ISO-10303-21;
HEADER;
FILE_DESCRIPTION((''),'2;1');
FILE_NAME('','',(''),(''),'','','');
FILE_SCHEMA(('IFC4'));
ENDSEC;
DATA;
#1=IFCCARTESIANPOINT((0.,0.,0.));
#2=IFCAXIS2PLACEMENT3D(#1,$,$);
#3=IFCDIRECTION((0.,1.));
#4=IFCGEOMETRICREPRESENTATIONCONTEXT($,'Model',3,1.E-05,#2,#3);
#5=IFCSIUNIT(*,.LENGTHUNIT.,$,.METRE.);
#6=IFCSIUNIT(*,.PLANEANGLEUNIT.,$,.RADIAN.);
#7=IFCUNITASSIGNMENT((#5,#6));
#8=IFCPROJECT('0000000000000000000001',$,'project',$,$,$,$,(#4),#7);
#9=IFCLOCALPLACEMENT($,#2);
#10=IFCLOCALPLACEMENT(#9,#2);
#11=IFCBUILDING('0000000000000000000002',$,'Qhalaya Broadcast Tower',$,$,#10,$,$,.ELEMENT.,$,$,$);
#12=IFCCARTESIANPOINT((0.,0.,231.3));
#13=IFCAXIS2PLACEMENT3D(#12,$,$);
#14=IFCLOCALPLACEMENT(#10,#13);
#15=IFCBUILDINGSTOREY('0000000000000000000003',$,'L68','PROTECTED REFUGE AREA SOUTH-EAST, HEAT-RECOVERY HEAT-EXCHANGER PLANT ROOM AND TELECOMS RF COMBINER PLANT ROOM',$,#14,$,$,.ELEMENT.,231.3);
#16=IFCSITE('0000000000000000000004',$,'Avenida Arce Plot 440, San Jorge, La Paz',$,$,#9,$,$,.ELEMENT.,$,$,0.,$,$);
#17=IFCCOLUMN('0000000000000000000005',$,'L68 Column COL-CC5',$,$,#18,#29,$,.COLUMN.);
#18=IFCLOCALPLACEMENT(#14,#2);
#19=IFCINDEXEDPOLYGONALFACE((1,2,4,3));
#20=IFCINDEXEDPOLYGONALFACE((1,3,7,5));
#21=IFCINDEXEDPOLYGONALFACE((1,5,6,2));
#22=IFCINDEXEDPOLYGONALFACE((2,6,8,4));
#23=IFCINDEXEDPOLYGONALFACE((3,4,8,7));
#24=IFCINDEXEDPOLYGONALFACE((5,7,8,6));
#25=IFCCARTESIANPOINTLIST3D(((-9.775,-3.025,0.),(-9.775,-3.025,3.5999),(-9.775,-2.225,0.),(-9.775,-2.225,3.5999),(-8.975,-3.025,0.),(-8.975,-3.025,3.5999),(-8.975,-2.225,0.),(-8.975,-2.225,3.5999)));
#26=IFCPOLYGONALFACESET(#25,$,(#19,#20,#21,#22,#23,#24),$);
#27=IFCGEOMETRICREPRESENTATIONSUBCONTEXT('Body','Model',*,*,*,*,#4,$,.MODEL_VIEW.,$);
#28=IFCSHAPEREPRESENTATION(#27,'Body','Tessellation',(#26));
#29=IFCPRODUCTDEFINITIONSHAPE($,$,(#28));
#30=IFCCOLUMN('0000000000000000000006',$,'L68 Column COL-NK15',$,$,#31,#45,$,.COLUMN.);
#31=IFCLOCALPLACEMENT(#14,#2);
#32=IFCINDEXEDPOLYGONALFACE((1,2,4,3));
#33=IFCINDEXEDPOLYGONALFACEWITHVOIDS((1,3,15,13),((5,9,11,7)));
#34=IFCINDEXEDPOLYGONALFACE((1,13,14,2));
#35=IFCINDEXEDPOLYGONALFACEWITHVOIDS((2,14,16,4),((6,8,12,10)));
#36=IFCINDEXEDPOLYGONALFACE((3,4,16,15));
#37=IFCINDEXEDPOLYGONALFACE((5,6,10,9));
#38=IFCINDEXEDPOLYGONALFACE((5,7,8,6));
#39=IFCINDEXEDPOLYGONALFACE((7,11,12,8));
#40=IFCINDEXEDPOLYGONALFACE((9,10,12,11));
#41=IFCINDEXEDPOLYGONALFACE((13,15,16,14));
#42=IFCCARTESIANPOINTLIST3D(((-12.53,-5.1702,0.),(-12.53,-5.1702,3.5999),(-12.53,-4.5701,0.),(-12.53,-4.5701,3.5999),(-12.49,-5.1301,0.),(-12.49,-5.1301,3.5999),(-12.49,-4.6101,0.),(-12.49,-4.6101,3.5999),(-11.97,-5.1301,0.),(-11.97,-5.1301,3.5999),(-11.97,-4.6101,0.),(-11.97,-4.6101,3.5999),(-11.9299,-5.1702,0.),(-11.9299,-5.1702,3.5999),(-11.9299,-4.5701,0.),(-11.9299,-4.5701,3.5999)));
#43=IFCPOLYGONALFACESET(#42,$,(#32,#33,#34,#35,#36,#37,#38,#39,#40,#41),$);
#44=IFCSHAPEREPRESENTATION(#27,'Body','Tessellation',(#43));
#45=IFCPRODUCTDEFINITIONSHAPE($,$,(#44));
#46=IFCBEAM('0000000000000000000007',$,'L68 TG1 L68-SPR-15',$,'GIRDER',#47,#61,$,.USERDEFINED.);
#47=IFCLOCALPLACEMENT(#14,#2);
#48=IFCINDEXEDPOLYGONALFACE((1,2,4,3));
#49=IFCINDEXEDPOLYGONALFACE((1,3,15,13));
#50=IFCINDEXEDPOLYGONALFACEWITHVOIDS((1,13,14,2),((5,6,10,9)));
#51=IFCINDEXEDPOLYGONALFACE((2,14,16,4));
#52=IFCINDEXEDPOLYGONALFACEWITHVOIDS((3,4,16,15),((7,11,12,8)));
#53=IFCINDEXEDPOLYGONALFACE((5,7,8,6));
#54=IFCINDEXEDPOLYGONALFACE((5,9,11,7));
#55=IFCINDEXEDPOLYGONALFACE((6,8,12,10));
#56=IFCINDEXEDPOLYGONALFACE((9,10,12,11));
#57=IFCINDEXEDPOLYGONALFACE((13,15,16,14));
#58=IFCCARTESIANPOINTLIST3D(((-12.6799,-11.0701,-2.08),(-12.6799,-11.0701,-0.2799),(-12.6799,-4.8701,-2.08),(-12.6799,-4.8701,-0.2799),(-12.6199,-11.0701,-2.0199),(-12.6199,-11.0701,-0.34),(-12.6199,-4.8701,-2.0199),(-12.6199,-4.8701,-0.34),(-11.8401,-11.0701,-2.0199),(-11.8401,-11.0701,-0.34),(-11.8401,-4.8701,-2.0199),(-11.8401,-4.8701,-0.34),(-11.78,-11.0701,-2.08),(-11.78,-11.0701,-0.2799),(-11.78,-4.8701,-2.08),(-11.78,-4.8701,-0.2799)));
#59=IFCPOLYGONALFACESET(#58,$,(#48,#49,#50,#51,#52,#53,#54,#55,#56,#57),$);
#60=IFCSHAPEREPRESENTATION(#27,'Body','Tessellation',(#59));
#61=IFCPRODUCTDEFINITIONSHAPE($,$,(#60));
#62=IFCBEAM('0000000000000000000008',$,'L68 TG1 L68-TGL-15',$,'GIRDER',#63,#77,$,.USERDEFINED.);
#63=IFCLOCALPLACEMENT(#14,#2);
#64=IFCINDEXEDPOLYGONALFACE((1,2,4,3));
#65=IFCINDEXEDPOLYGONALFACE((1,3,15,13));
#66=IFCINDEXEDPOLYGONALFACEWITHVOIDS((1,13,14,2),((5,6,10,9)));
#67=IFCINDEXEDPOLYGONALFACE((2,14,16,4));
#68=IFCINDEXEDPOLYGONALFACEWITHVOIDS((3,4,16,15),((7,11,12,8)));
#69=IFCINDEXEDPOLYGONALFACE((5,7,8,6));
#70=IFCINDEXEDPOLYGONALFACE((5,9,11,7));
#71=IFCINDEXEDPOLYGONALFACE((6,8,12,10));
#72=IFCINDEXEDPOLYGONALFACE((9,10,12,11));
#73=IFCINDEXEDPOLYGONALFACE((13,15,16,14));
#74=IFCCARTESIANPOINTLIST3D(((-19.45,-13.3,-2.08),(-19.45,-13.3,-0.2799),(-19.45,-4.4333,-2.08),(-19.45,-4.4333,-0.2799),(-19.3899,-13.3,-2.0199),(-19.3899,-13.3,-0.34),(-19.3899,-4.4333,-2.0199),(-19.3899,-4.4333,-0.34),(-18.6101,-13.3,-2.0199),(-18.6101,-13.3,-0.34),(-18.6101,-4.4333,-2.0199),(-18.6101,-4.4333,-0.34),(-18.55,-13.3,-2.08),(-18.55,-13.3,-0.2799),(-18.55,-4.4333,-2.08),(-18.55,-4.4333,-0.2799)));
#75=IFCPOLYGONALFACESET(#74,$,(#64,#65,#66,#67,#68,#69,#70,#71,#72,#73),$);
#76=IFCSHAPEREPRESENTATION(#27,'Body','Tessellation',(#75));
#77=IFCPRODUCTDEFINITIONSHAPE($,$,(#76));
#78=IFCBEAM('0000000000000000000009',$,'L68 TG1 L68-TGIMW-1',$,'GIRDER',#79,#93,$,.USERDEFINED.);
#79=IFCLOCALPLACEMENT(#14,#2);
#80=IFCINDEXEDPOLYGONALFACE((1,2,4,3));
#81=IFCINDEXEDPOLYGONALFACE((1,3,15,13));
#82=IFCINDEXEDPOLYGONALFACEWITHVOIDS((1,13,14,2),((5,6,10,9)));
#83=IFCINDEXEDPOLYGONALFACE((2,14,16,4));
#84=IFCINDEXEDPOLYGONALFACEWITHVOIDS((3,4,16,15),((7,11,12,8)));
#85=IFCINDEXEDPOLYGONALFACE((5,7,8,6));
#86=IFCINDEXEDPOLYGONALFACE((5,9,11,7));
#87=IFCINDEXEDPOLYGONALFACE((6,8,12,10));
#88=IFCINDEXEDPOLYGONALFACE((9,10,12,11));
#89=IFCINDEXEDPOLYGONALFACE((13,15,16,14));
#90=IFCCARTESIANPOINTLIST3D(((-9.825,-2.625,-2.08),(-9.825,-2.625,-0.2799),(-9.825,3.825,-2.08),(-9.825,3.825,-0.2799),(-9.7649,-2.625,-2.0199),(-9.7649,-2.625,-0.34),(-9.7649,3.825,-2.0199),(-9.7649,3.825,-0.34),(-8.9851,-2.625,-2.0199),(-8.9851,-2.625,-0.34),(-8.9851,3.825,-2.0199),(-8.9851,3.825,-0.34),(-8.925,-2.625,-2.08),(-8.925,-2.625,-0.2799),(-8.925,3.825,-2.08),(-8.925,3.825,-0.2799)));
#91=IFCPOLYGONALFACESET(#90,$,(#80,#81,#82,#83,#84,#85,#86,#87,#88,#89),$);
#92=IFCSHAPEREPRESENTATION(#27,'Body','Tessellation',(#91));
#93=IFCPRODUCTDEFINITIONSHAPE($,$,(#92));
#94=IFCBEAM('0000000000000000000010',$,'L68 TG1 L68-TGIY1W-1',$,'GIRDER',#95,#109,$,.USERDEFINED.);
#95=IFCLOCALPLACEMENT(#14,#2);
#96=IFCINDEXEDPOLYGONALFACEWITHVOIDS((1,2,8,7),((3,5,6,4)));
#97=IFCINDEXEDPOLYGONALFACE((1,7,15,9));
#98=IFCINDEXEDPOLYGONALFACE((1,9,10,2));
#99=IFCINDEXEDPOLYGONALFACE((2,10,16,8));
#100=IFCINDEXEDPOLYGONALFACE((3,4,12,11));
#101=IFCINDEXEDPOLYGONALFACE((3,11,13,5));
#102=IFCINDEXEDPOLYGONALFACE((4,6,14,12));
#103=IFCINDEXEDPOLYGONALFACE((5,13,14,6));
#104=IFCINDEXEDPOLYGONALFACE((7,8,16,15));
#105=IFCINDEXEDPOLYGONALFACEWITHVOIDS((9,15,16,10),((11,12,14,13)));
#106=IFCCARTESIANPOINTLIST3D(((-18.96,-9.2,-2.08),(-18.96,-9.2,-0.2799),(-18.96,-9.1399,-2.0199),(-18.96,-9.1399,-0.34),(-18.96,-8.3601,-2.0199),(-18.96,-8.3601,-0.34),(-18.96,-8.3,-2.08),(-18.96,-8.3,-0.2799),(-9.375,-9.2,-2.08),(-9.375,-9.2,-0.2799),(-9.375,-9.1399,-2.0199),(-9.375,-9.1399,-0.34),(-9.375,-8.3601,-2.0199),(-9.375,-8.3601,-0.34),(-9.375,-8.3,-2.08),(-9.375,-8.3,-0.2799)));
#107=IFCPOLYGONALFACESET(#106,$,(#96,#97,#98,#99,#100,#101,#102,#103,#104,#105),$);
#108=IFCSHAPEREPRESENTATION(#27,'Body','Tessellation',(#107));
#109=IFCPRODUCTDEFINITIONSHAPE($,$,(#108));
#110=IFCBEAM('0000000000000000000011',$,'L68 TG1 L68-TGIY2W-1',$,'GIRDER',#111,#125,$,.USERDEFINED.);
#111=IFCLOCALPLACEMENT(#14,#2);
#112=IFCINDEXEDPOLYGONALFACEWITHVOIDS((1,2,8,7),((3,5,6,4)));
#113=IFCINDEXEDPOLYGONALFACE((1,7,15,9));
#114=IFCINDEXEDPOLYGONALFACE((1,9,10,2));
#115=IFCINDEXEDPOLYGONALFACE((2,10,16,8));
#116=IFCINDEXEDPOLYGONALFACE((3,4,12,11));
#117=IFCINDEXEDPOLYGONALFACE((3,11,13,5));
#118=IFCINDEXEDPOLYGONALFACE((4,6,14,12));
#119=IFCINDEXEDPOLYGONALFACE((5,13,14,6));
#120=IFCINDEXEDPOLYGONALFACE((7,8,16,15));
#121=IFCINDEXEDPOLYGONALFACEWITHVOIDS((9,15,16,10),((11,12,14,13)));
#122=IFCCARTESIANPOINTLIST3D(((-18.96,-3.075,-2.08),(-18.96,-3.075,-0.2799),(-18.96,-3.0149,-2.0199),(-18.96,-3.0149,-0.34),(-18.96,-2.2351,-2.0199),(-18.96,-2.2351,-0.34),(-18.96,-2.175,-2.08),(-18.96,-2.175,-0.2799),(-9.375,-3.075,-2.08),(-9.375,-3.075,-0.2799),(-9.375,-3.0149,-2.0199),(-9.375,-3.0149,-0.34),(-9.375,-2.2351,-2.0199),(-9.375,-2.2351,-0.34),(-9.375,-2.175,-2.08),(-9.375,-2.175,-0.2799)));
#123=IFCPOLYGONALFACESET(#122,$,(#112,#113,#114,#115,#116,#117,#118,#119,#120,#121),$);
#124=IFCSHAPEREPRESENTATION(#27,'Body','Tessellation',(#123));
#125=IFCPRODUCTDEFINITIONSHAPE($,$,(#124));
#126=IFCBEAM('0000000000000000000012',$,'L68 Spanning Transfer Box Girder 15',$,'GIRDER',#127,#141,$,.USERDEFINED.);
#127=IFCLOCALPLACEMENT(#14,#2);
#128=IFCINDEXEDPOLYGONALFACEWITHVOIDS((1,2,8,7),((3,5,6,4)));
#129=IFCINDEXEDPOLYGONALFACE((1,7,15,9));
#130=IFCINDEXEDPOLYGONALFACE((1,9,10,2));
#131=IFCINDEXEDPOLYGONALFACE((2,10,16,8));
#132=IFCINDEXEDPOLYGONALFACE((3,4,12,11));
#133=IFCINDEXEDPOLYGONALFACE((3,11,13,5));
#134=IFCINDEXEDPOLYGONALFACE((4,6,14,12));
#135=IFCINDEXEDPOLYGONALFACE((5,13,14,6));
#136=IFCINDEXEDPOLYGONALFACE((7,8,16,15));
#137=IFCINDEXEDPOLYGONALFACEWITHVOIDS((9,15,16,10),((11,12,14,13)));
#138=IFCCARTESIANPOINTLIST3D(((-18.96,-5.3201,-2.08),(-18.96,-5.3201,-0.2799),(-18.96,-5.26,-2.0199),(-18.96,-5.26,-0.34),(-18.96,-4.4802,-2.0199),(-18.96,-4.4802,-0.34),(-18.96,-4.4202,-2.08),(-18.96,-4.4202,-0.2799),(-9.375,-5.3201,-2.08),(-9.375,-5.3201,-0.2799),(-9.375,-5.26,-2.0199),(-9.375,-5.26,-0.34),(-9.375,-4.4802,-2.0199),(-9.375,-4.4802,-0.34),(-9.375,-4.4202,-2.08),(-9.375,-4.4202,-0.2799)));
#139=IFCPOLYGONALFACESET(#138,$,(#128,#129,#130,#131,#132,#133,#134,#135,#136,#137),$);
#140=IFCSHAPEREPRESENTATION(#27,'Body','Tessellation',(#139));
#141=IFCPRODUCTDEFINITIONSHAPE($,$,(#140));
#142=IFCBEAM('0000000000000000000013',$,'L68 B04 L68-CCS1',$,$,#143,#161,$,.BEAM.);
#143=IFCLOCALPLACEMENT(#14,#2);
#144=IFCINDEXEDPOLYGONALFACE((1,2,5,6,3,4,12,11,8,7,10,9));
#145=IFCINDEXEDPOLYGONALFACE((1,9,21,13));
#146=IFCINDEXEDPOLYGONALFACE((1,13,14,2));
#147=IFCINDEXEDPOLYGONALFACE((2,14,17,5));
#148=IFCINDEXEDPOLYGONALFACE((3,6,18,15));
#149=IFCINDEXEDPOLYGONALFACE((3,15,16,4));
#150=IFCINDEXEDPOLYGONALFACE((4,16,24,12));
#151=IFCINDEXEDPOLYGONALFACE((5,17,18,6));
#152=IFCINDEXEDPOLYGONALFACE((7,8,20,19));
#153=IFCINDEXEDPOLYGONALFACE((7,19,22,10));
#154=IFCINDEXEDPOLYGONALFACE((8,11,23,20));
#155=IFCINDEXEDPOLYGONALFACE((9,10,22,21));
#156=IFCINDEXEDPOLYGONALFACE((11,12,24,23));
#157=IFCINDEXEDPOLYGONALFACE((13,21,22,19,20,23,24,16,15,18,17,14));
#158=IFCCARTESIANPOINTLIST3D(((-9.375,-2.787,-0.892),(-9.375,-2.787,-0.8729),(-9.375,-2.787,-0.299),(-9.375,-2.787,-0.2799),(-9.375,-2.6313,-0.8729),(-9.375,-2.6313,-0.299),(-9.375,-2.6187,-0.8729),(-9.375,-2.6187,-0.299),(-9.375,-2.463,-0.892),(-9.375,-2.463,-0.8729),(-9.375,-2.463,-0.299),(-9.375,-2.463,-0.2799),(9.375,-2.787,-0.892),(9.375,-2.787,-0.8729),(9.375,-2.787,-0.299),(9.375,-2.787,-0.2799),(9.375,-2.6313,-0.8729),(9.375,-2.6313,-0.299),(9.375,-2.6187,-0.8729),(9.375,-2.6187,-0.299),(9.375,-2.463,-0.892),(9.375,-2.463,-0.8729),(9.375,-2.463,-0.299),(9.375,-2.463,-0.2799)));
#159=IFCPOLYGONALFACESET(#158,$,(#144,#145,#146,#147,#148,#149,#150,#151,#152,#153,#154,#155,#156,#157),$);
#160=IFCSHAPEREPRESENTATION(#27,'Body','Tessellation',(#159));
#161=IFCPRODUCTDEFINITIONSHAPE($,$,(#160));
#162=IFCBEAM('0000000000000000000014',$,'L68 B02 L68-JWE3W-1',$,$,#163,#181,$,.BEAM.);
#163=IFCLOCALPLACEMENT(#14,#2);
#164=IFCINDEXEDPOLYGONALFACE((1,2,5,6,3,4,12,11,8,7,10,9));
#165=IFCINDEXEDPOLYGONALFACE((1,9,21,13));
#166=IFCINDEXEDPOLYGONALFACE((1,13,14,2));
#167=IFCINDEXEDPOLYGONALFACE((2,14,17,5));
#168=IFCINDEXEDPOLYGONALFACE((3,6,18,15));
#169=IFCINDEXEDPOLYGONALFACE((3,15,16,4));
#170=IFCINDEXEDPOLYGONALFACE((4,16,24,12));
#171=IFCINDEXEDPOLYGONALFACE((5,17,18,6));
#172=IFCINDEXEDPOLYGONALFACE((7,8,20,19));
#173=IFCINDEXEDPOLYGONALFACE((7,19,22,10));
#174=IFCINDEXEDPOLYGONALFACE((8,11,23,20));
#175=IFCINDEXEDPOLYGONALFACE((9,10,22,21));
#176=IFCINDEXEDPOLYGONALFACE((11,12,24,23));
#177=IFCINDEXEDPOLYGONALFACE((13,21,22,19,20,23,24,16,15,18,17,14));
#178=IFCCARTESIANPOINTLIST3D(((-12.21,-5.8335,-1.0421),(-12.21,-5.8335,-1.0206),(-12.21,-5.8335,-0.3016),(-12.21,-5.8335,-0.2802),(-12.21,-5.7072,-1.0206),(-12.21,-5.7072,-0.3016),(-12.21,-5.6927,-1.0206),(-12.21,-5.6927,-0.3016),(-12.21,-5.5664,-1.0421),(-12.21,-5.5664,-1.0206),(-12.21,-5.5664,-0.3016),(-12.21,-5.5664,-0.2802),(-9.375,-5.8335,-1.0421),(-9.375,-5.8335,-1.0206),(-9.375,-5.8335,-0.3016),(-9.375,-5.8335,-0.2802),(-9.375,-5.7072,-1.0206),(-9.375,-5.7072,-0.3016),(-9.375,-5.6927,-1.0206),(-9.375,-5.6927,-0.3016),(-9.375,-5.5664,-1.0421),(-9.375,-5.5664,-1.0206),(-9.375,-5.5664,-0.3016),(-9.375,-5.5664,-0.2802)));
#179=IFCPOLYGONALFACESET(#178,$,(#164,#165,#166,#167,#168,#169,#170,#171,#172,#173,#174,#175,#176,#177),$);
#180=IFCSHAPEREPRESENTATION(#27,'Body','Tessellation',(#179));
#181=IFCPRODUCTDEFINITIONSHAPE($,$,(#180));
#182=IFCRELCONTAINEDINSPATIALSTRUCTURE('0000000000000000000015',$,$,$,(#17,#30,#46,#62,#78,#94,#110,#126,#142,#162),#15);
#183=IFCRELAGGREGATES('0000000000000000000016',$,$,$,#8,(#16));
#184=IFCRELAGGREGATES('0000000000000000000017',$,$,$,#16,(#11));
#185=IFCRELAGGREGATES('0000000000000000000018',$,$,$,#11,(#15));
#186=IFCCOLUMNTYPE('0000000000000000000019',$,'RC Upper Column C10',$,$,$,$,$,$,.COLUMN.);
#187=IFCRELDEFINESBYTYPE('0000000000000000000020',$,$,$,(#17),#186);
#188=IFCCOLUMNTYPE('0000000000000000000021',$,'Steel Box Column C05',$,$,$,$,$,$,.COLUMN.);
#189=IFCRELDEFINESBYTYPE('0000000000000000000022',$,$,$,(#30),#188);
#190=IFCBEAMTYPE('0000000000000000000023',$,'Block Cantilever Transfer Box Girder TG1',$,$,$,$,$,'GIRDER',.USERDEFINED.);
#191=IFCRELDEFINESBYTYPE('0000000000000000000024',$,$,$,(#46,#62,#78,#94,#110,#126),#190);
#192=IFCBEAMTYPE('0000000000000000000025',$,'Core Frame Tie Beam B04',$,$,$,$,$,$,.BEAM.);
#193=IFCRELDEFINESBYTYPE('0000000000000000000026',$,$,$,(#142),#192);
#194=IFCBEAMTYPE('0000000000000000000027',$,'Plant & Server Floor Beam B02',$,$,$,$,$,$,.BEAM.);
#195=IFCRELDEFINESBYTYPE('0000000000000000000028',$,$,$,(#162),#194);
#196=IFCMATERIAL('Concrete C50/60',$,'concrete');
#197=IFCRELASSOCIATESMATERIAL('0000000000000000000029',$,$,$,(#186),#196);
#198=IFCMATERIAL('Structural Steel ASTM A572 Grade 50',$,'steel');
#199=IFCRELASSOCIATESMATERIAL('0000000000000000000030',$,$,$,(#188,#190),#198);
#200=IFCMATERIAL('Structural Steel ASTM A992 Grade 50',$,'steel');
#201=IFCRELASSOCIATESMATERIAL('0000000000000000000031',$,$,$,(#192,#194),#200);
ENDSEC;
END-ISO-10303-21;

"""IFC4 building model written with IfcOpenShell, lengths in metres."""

from ifc_helpers import new_model, si_unit, direction, frame, origin, origin_2d, place, context, subcontext, project, spatial, rectangle, hollow_rectangle, i_section, extrude, material, material_profile, profile_set, type_object, element, save


model = new_model("IFC4")

# Units and contexts
model_context = context("Model", 3, precision=1e-05, world=origin(), true_north=direction((0.0, 1.0)))
body_context = subcontext(model_context, "Body", "Model", "MODEL_VIEW")
ifc_project = project(units=[si_unit("LENGTHUNIT", "METRE"), si_unit("PLANEANGLEUNIT", "RADIAN")], contexts=[model_context])

# Site, building, storey
site_placement = place(None, origin())
site = spatial("IfcSite", under=ifc_project, at=site_placement, Name="Avenida Arce Plot 440, San Jorge, La Paz", CompositionType="ELEMENT", RefElevation=0.0)
building_placement = place(site_placement, origin())
building = spatial("IfcBuilding", under=site, at=building_placement, Name="Qhalaya Broadcast Tower", CompositionType="ELEMENT")
storey_placement = place(building_placement, frame((0.0, 0.0, 231.3)))
storey = spatial("IfcBuildingStorey", under=building, at=storey_placement, Name="L68", Description="PROTECTED REFUGE AREA SOUTH-EAST, HEAT-RECOVERY HEAT-EXCHANGER PLANT ROOM AND TELECOMS RF COMBINER PLANT ROOM", CompositionType="ELEMENT", Elevation=231.3)

# Columns
ifc_material_1 = material(Name="Concrete C50/60", Category="concrete")
ifc_material_profile_1 = material_profile(ifc_material_1, rectangle(XDim=0.8, YDim=0.8, at=origin_2d()), Name="RC-COL 800x800")
ifc_profile_set_1 = profile_set([ifc_material_profile_1], Name="Concrete C50/60")
column_type_1 = type_object("IfcColumnType", Name="RC Upper Column C10", PredefinedType="COLUMN", material=ifc_profile_set_1)
column_1_placement = place(storey_placement, frame((-9.375, -2.625, 0.0), z_axis=(0.0, 0.0, 1.0), x_axis=(1.0, 0.0, 0.0)))
element("IfcColumn", 1, at=column_1_placement, inside=storey, type_object=column_type_1, Name="L68 Column COL-CC5", PredefinedType="COLUMN", context=body_context, shape_type="SweptSolid", body=[
    extrude(rectangle(XDim=0.8, YDim=0.8, at=origin_2d()), origin(), (0.0, 0.0, 1.0), 3.5999),
])
ifc_material_2 = material(Name="Structural Steel ASTM A572 Grade 50", Category="steel")
ifc_material_profile_2 = material_profile(ifc_material_2, hollow_rectangle(XDim=0.6001, YDim=0.6001, WallThickness=0.04, at=origin_2d()), Name="BOX 600x600x40")
ifc_profile_set_2 = profile_set([ifc_material_profile_2], Name="Structural Steel ASTM A572 Grade 50")
column_type_2 = type_object("IfcColumnType", Name="Steel Box Column C05", PredefinedType="COLUMN", material=ifc_profile_set_2)
column_2_placement = place(storey_placement, frame((-12.23, -4.8701, 0.0), z_axis=(0.0, 0.0, 1.0), x_axis=(0.0, 1.0, 0.0)))
element("IfcColumn", 2, at=column_2_placement, inside=storey, type_object=column_type_2, Name="L68 Column COL-NK15", PredefinedType="COLUMN", context=body_context, shape_type="SweptSolid", body=[
    extrude(hollow_rectangle(XDim=0.6001, YDim=0.6001, WallThickness=0.04, at=origin_2d()), origin(), (0.0, 0.0, 1.0), 3.5999),
])

# Beams
ifc_material_profile_3 = material_profile(ifc_material_2, hollow_rectangle(XDim=0.8999, YDim=1.8, WallThickness=0.0601, at=origin_2d()), Name="BOX 900x1800x60")
ifc_profile_set_3 = profile_set([ifc_material_profile_3], Name="Structural Steel ASTM A572 Grade 50")
beam_type_1 = type_object("IfcBeamType", Name="Block Cantilever Transfer Box Girder TG1", ElementType="GIRDER", PredefinedType="USERDEFINED", material=ifc_profile_set_3)
beam_1_placement = place(storey_placement, frame((-12.23, -4.8701, -1.1799), z_axis=(0.0, -1.0, 0.0), x_axis=(1.0, 0.0, 0.0)))
element("IfcBeam", 3, at=beam_1_placement, inside=storey, type_object=beam_type_1, Name="L68 TG1 L68-SPR-15", ObjectType="GIRDER", PredefinedType="USERDEFINED", context=body_context, shape_type="SweptSolid", body=[
    extrude(hollow_rectangle(XDim=0.8999, YDim=1.8, WallThickness=0.0601, at=origin_2d()), origin(), (0.0, 0.0, 1.0), 6.2),
])
beam_2_placement = place(storey_placement, frame((-19.0, -4.4333, -1.1799), z_axis=(0.0, -1.0, 0.0), x_axis=(1.0, 0.0, 0.0)))
element("IfcBeam", 4, at=beam_2_placement, inside=storey, type_object=beam_type_1, Name="L68 TG1 L68-TGL-15", ObjectType="GIRDER", PredefinedType="USERDEFINED", context=body_context, shape_type="SweptSolid", body=[
    extrude(hollow_rectangle(XDim=0.8999, YDim=1.8, WallThickness=0.0601, at=origin_2d()), origin(), (0.0, 0.0, 1.0), 8.8667),
])
beam_3_placement = place(storey_placement, frame((-9.375, -2.625, -1.1799), z_axis=(0.0, 1.0, 0.0), x_axis=(-1.0, 0.0, 0.0)))
element("IfcBeam", 5, at=beam_3_placement, inside=storey, type_object=beam_type_1, Name="L68 TG1 L68-TGIMW-1", ObjectType="GIRDER", PredefinedType="USERDEFINED", context=body_context, shape_type="SweptSolid", body=[
    extrude(hollow_rectangle(XDim=0.8999, YDim=1.8, WallThickness=0.0601, at=origin_2d()), origin(), (0.0, 0.0, 1.0), 6.45),
])
for number, where, z_axis, x_axis, name in (
    (6, (-18.96, -8.75, -1.1799), (1.0, 0.0, 0.0), (0.0, 1.0, 0.0), "L68 TG1 L68-TGIY1W-1"),
    (7, (-18.96, -2.625, -1.1799), (1.0, 0.0, 0.0), (0.0, 1.0, 0.0), "L68 TG1 L68-TGIY2W-1"),
    (8, (-18.96, -4.8701, -1.1799), (1.0, 0.0, 0.0), (0.0, 1.0, 0.0), "L68 Spanning Transfer Box Girder 15"),
):
    element("IfcBeam", number, at=place(storey_placement, frame(where, z_axis=z_axis, x_axis=x_axis)), inside=storey, type_object=beam_type_1, Name=name, ObjectType="GIRDER", PredefinedType="USERDEFINED", context=body_context, shape_type="SweptSolid", body=[
        extrude(hollow_rectangle(XDim=0.8999, YDim=1.8, WallThickness=0.0601, at=origin_2d()), origin(), (0.0, 0.0, 1.0), 9.585),
    ])
ifc_material_3 = material(Name="Structural Steel ASTM A992 Grade 50", Category="steel")
ifc_material_profile_4 = material_profile(ifc_material_3, i_section(OverallWidth=0.324, OverallDepth=0.6121, WebThickness=0.0127, FlangeThickness=0.019, at=origin_2d()), Name="W24X104")
ifc_profile_set_4 = profile_set([ifc_material_profile_4], Name="Structural Steel ASTM A992 Grade 50")
beam_type_2 = type_object("IfcBeamType", Name="Core Frame Tie Beam B04", PredefinedType="BEAM", material=ifc_profile_set_4)
beam_4_placement = place(storey_placement, frame((-9.375, -2.625, -0.5859), z_axis=(1.0, 0.0, 0.0), x_axis=(0.0, 1.0, 0.0)))
element("IfcBeam", 9, at=beam_4_placement, inside=storey, type_object=beam_type_2, Name="L68 B04 L68-CCS1", PredefinedType="BEAM", context=body_context, shape_type="SweptSolid", body=[
    extrude(i_section(OverallWidth=0.324, OverallDepth=0.6121, WebThickness=0.0127, FlangeThickness=0.019, at=origin_2d()), origin(), (0.0, 0.0, 1.0), 18.75),
])
ifc_material_profile_5 = material_profile(ifc_material_3, i_section(OverallWidth=0.2671, OverallDepth=0.762, WebThickness=0.0144, FlangeThickness=0.0215, at=origin_2d()), Name="W30X116")
ifc_profile_set_5 = profile_set([ifc_material_profile_5], Name="Structural Steel ASTM A992 Grade 50")
beam_type_3 = type_object("IfcBeamType", Name="Plant & Server Floor Beam B02", PredefinedType="BEAM", material=ifc_profile_set_5)
beam_5_placement = place(storey_placement, frame((-12.21, -5.7, -0.6611), z_axis=(1.0, 0.0, 0.0), x_axis=(0.0, 1.0, 0.0)))
element("IfcBeam", 10, at=beam_5_placement, inside=storey, type_object=beam_type_3, Name="L68 B02 L68-JWE3W-1", PredefinedType="BEAM", context=body_context, shape_type="SweptSolid", body=[
    extrude(i_section(OverallWidth=0.2671, OverallDepth=0.762, WebThickness=0.0144, FlangeThickness=0.0215, at=origin_2d()), origin(), (0.0, 0.0, 1.0), 2.835),
])

save(model, "model.ifc")
